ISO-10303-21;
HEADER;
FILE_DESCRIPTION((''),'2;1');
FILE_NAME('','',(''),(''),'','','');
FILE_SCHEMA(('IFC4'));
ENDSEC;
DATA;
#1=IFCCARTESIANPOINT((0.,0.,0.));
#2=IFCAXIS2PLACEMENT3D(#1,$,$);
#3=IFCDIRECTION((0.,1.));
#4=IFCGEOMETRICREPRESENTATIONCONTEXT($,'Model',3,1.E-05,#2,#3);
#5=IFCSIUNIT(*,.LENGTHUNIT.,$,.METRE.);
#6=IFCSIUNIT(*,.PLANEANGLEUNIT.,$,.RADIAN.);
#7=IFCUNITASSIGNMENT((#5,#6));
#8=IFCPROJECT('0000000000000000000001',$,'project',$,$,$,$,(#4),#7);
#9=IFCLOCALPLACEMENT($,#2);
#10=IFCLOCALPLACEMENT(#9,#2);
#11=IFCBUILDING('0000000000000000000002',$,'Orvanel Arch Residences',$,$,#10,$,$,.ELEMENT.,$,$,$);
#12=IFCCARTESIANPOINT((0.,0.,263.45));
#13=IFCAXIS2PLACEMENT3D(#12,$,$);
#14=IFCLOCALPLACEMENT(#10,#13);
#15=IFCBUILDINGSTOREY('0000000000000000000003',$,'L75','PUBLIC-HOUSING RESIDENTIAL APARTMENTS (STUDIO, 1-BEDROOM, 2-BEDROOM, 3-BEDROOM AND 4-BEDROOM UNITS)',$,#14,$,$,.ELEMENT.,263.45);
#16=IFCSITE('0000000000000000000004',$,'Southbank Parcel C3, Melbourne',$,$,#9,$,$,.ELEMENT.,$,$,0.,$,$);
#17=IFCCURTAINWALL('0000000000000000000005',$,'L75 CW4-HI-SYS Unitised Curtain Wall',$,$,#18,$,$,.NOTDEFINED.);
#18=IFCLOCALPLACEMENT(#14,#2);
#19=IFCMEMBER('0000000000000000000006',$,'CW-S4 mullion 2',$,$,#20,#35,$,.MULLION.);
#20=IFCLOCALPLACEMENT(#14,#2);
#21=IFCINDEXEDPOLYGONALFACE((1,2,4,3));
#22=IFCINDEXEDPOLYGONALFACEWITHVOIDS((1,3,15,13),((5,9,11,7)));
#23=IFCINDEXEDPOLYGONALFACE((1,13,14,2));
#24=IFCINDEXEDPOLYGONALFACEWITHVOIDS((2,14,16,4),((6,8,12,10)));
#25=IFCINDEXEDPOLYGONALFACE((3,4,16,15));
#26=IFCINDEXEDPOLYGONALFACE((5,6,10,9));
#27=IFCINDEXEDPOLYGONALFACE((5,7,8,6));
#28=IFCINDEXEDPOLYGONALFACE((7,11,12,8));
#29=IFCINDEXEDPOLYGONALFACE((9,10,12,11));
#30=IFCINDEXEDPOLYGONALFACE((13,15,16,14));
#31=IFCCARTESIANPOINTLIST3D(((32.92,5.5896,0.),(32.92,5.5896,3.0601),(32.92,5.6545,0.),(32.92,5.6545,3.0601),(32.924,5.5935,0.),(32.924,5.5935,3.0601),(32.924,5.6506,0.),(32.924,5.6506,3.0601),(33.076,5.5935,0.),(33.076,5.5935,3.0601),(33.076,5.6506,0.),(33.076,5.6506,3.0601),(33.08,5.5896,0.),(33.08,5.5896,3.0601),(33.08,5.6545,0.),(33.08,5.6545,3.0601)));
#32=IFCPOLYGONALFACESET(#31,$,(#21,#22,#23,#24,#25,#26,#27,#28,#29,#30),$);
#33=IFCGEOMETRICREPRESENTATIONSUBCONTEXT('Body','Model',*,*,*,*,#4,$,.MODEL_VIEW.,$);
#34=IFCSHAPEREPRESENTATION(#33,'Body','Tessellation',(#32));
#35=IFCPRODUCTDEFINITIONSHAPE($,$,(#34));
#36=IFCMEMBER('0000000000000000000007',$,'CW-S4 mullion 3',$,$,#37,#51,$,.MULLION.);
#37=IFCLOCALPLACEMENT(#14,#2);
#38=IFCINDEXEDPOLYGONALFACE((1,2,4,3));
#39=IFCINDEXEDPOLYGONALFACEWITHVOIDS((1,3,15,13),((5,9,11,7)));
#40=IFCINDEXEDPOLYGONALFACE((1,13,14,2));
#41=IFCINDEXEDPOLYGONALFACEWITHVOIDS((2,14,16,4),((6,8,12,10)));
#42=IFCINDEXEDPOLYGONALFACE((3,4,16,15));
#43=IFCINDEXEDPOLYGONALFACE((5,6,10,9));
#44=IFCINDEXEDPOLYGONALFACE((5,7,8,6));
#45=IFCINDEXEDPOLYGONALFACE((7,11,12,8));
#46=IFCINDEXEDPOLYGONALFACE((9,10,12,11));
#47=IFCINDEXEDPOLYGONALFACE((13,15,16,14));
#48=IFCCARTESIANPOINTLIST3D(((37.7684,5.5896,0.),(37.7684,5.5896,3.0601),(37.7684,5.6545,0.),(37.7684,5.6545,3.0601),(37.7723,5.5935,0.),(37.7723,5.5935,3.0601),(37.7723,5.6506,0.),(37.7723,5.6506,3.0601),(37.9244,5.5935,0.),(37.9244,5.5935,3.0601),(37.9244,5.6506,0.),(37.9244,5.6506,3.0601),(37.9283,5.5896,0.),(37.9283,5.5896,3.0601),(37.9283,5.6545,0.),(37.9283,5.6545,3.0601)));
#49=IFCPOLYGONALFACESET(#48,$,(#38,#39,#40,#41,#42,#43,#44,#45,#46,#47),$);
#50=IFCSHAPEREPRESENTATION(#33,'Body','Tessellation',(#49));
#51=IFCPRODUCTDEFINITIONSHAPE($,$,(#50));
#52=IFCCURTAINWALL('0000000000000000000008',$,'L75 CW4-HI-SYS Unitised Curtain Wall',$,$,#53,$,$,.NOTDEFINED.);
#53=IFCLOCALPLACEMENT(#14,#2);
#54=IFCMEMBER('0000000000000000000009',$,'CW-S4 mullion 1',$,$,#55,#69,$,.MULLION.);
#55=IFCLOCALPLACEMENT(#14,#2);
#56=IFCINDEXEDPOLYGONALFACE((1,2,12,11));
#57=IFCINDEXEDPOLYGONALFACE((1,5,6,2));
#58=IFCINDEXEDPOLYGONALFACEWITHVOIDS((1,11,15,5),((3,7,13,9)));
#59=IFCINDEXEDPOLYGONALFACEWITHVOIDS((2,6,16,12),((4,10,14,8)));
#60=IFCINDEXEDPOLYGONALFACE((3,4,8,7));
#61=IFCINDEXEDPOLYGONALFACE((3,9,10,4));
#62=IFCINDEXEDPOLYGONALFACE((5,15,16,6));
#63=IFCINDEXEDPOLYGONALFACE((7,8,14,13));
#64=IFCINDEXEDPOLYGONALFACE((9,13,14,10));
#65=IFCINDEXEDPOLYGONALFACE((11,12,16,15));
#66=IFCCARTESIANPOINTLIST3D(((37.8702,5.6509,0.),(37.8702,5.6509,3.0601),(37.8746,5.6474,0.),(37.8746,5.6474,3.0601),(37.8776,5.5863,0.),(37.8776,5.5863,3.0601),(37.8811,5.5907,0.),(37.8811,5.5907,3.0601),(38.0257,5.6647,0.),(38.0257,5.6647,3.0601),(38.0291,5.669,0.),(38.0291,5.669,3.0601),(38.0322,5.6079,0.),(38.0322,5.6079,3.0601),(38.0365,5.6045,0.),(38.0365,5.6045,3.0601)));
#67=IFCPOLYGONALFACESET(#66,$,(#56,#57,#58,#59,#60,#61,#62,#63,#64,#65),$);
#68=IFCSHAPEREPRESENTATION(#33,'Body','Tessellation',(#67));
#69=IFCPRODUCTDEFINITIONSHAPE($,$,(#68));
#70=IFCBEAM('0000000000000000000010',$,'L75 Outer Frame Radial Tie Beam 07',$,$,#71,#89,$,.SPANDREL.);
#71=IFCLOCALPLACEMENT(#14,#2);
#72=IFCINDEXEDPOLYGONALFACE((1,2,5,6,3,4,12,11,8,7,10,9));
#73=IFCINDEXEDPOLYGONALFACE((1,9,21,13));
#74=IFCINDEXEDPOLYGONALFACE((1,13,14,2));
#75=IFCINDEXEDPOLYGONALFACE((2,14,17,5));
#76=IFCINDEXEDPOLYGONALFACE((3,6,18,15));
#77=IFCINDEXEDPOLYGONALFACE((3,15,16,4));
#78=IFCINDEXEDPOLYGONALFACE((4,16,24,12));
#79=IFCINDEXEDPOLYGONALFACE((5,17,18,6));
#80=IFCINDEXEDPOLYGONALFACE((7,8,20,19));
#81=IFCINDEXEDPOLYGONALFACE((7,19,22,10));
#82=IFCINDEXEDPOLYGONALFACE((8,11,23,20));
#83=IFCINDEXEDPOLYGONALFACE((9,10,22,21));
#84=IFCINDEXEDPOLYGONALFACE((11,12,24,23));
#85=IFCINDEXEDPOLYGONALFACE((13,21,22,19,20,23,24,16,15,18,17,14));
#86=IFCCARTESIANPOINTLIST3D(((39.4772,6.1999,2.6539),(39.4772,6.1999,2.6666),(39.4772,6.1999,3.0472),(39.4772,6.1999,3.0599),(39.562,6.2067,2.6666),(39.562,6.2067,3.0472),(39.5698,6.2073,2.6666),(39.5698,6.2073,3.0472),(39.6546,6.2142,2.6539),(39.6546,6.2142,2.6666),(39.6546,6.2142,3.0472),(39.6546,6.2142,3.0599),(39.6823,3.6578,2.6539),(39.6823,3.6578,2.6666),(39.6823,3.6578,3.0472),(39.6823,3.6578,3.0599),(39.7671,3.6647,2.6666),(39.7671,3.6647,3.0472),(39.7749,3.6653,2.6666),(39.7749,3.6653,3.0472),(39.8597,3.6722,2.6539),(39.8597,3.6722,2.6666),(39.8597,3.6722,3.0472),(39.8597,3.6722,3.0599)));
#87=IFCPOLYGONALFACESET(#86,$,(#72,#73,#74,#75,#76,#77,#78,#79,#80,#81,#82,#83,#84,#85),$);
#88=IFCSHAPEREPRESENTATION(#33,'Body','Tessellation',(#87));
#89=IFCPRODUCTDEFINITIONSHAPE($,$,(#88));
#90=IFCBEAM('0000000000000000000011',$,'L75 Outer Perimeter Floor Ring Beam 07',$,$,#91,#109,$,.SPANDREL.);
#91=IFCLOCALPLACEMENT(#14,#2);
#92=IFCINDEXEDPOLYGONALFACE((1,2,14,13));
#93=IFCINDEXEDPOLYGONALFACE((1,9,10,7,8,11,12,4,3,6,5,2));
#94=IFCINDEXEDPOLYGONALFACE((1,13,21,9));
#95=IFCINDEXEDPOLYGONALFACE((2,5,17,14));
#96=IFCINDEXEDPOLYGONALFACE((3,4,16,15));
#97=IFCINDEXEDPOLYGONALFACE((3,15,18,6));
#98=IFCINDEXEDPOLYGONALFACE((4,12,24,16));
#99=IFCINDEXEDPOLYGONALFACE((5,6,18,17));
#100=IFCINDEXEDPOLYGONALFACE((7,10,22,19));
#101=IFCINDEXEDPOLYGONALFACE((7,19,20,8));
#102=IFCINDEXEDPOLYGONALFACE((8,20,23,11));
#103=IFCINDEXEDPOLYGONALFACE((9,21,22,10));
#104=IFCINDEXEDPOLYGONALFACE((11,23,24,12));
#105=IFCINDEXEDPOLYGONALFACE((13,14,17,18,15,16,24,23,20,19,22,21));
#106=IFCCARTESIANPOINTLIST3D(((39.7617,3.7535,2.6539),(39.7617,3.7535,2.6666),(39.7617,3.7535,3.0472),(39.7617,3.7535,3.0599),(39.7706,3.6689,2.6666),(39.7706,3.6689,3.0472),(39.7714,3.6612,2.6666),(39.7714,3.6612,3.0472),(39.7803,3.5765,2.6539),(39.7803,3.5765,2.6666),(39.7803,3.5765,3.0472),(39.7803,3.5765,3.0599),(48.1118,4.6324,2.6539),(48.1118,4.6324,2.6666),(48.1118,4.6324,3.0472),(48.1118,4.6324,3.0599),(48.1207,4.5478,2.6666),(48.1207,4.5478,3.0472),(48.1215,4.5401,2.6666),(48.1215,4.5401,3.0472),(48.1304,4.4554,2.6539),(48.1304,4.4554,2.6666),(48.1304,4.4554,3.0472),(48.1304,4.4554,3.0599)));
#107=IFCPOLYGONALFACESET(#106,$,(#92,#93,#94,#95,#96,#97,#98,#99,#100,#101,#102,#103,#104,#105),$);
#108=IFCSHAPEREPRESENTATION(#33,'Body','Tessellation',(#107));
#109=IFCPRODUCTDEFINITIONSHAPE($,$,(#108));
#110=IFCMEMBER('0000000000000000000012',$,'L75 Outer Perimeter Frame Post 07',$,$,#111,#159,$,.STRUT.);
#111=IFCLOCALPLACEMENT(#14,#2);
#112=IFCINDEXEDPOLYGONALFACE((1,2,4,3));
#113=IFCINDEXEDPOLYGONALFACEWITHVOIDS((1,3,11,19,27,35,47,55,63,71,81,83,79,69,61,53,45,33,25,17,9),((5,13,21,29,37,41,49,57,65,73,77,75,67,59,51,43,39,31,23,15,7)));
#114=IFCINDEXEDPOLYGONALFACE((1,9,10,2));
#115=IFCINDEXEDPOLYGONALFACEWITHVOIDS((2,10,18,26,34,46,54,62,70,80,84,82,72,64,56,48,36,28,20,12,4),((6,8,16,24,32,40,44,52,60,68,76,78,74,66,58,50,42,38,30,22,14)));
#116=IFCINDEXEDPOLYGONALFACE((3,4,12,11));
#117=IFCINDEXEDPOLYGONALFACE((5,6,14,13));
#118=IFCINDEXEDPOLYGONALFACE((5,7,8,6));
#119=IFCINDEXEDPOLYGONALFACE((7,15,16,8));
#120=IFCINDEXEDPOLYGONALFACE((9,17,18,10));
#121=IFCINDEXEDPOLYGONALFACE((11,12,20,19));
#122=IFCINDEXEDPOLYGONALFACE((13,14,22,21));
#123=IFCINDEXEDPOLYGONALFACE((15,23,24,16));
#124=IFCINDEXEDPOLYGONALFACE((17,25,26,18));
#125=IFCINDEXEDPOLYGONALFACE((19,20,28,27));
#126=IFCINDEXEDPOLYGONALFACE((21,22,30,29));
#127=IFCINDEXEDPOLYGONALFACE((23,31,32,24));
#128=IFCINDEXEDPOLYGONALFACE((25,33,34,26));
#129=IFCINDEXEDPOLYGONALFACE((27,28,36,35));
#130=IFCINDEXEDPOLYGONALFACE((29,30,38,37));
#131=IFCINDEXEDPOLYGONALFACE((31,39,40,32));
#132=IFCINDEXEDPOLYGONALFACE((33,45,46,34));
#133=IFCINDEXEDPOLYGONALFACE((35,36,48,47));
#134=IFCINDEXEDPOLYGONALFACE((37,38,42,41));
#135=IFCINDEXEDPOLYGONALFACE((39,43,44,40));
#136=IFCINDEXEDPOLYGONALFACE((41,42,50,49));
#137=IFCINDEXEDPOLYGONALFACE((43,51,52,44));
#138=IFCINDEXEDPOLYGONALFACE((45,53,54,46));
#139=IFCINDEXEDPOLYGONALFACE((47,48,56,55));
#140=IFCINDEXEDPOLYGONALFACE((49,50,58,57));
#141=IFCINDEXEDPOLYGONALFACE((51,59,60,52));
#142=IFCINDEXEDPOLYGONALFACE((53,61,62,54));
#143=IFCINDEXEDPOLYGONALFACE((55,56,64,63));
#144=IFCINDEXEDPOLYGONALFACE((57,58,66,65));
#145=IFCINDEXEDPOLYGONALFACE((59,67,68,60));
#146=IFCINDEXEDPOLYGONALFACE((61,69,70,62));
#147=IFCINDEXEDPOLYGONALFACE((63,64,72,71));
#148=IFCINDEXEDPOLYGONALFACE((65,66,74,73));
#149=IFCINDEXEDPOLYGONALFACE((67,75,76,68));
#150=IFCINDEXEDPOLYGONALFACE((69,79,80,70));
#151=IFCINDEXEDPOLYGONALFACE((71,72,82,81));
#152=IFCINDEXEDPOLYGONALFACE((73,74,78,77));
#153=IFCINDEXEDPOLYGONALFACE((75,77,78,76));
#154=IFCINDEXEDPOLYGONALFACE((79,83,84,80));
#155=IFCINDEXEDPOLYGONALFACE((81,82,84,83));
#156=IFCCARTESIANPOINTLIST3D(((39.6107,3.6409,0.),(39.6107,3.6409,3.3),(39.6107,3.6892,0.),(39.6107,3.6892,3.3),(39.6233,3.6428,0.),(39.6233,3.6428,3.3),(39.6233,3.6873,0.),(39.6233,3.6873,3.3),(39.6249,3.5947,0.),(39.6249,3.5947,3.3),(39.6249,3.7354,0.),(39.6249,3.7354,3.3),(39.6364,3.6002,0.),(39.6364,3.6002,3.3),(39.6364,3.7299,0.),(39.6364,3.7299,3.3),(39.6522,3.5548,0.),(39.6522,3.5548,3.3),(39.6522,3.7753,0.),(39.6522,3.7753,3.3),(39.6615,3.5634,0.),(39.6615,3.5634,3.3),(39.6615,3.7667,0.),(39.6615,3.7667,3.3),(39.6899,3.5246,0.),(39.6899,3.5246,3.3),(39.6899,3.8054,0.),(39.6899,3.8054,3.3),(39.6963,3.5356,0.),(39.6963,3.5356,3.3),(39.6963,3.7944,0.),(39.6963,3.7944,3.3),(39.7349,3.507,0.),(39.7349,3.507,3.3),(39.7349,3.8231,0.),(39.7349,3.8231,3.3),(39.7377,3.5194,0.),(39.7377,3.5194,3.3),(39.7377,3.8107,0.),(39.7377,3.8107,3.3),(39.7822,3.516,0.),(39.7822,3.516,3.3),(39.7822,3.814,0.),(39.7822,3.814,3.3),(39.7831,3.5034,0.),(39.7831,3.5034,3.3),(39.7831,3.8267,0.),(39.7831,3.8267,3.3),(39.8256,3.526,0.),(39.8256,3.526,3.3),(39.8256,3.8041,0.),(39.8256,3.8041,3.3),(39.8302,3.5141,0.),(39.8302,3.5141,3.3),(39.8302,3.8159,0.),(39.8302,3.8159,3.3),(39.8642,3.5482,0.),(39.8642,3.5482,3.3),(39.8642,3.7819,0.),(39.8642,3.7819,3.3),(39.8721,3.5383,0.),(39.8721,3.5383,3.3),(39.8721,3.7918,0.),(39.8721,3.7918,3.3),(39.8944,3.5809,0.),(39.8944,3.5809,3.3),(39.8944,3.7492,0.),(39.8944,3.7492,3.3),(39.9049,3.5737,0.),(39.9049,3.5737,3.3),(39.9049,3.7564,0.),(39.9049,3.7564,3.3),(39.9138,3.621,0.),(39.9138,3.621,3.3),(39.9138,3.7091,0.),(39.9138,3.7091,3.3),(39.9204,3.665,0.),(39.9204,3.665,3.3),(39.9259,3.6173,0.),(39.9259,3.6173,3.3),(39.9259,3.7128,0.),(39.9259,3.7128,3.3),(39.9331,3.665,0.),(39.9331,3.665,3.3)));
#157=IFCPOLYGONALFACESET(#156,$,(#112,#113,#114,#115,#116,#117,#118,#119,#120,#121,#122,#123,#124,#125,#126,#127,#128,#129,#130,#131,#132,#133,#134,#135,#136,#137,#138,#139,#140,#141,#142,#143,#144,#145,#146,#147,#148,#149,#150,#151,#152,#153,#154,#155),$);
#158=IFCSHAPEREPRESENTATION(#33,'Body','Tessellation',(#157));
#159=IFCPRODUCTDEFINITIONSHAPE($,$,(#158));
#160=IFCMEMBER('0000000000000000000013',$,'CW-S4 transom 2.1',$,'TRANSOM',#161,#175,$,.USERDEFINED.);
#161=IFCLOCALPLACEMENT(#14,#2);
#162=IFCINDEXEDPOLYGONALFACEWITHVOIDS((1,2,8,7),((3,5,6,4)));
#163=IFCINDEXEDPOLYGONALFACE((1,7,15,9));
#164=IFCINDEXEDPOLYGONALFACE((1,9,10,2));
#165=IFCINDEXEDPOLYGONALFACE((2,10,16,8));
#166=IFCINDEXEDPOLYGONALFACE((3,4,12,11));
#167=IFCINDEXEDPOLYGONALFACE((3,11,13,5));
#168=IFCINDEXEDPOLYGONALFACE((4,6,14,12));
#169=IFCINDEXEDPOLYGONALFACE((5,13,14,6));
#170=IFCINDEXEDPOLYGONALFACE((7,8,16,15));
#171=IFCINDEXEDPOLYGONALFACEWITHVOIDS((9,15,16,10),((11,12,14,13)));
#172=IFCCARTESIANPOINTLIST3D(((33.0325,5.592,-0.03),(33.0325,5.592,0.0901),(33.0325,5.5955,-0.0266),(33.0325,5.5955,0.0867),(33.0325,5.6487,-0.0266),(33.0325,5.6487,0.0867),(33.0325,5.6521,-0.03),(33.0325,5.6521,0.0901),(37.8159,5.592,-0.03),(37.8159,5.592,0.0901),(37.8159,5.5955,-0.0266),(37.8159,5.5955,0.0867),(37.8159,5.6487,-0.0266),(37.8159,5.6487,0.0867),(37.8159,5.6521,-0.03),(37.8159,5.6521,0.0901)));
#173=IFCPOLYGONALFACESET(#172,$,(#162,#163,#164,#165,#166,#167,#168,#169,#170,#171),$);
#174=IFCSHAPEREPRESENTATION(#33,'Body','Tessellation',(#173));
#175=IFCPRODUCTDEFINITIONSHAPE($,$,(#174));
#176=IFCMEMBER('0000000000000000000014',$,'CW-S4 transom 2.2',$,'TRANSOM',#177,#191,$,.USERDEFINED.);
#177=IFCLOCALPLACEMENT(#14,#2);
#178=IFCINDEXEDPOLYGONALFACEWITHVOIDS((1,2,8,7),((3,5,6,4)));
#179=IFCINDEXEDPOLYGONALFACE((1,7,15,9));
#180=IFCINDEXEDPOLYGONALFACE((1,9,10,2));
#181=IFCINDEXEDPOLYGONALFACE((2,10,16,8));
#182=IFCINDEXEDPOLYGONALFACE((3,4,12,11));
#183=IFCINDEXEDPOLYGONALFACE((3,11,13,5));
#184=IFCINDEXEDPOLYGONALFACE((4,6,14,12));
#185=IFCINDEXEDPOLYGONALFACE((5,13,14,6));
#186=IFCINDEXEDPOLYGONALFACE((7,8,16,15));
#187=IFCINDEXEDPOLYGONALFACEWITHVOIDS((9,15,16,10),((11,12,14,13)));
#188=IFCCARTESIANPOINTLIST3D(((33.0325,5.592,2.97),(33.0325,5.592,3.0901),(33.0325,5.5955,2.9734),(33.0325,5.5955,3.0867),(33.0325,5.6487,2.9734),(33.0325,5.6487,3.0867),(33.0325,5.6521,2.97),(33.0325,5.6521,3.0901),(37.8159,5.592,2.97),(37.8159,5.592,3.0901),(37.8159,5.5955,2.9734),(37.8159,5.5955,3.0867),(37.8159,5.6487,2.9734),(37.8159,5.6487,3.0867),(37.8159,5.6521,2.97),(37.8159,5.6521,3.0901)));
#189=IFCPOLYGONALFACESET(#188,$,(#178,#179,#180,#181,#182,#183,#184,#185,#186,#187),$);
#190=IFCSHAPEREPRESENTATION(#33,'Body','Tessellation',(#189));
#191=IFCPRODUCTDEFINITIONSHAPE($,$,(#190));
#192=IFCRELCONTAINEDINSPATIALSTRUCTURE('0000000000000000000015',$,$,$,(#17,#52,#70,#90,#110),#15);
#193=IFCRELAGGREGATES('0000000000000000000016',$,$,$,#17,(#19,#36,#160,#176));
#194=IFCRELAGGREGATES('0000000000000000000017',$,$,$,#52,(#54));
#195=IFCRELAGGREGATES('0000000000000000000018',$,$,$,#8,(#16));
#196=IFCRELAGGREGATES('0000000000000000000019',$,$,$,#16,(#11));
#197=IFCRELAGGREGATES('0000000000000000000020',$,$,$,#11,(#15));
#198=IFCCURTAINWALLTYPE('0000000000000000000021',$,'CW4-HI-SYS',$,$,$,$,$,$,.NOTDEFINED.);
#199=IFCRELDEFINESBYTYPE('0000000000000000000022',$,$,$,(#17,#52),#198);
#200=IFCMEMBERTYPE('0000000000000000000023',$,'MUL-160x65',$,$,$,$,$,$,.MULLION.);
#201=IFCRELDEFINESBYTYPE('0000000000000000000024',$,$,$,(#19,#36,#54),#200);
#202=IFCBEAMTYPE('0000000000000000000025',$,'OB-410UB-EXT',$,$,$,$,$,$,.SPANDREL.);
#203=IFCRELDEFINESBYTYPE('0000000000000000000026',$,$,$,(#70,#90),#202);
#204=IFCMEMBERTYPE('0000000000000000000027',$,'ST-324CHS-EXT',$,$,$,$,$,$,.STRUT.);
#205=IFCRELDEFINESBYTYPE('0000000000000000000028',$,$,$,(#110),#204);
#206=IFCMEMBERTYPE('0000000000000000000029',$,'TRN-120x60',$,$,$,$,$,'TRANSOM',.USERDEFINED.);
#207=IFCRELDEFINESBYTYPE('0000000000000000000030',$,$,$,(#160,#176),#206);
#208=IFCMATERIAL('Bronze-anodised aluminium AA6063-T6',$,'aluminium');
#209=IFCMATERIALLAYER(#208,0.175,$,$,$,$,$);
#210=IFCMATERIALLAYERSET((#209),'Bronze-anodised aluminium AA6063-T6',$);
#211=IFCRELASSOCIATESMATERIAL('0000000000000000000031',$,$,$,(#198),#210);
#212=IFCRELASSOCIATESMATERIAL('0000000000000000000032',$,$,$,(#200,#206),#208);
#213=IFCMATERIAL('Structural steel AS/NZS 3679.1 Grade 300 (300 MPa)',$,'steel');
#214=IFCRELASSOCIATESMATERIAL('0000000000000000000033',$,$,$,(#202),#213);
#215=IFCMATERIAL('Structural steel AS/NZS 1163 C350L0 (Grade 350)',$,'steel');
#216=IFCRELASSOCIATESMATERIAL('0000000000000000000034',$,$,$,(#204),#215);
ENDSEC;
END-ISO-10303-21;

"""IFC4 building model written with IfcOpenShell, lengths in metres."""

from ifc_helpers import new_model, si_unit, direction, frame, origin, origin_2d, place, context, subcontext, project, spatial, hollow_rectangle, hollow_circle, i_section, extrude, material, layer, layer_set, material_profile, profile_set, type_object, element, aggregate, save


model = new_model("IFC4")

# Units and contexts
model_context = context("Model", 3, precision=1e-05, world=origin(), true_north=direction((0.0, 1.0)))
body_context = subcontext(model_context, "Body", "Model", "MODEL_VIEW")
ifc_project = project(units=[si_unit("LENGTHUNIT", "METRE"), si_unit("PLANEANGLEUNIT", "RADIAN")], contexts=[model_context])

# Site, building, storey
site_placement = place(None, origin())
site = spatial("IfcSite", under=ifc_project, at=site_placement, Name="Southbank Parcel C3, Melbourne", CompositionType="ELEMENT", RefElevation=0.0)
building_placement = place(site_placement, origin())
building = spatial("IfcBuilding", under=site, at=building_placement, Name="Orvanel Arch Residences", CompositionType="ELEMENT")
storey_placement = place(building_placement, frame((0.0, 0.0, 263.45)))
storey = spatial("IfcBuildingStorey", under=building, at=storey_placement, Name="L75", Description="PUBLIC-HOUSING RESIDENTIAL APARTMENTS (STUDIO, 1-BEDROOM, 2-BEDROOM, 3-BEDROOM AND 4-BEDROOM UNITS)", CompositionType="ELEMENT", Elevation=263.45)

# Curtain wall, members
ifc_material_1 = material(Name="Bronze-anodised aluminium AA6063-T6", Category="aluminium")
ifc_layer_1 = layer(ifc_material_1, 0.175)
ifc_layer_set_1 = layer_set([ifc_layer_1], Name="Bronze-anodised aluminium AA6063-T6")
curtain_wall_type = type_object("IfcCurtainWallType", Name="CW4-HI-SYS", PredefinedType="NOTDEFINED", material=ifc_layer_set_1)
curtain_wall_1_placement = place(storey_placement, origin())
curtain_wall_1 = element("IfcCurtainWall", 1, at=curtain_wall_1_placement, inside=storey, type_object=curtain_wall_type, Name="L75 CW4-HI-SYS Unitised Curtain Wall", PredefinedType="NOTDEFINED")
ifc_material_profile_1 = material_profile(ifc_material_1, hollow_rectangle(XDim=0.0649, YDim=0.1599, WallThickness=0.0039, at=origin_2d()), Name="ALU160x65x4")
ifc_profile_set_1 = profile_set([ifc_material_profile_1], Name="Bronze-anodised aluminium AA6063-T6")
member_type_1 = type_object("IfcMemberType", Name="MUL-160x65", PredefinedType="MULLION", material=ifc_profile_set_1)
member_1_placement = place(storey_placement, frame((33.0, 5.6221, 0.0), z_axis=(0.0, 0.0, 1.0), x_axis=(0.0, 1.0, 0.0)))
member_1 = element("IfcMember", 2, at=member_1_placement, type_object=member_type_1, Name="CW-S4 mullion 2", PredefinedType="MULLION", context=body_context, shape_type="SweptSolid", body=[
    extrude(hollow_rectangle(XDim=0.0649, YDim=0.1599, WallThickness=0.0039, at=origin_2d()), origin(), (0.0, 0.0, 1.0), 3.0601),
])
member_2_placement = place(storey_placement, frame((37.8484, 5.6221, 0.0), z_axis=(0.0, 0.0, 1.0), x_axis=(0.0, 1.0, 0.0)))
member_2 = element("IfcMember", 3, at=member_2_placement, type_object=member_type_1, Name="CW-S4 mullion 3", PredefinedType="MULLION", context=body_context, shape_type="SweptSolid", body=[
    extrude(hollow_rectangle(XDim=0.0649, YDim=0.1599, WallThickness=0.0039, at=origin_2d()), origin(), (0.0, 0.0, 1.0), 3.0601),
])

# Curtain wall, member
curtain_wall_2_placement = place(storey_placement, origin())
curtain_wall_2 = element("IfcCurtainWall", 4, at=curtain_wall_2_placement, inside=storey, type_object=curtain_wall_type, Name="L75 CW4-HI-SYS Unitised Curtain Wall", PredefinedType="NOTDEFINED")
member_3_placement = place(storey_placement, frame((37.9534, 5.6277, 0.0), z_axis=(0.0, 0.0, 1.0), x_axis=(-0.11351, 0.993537, 0.0)))
member_3 = element("IfcMember", 5, at=member_3_placement, type_object=member_type_1, Name="CW-S4 mullion 1", PredefinedType="MULLION", context=body_context, shape_type="SweptSolid", body=[
    extrude(hollow_rectangle(XDim=0.0649, YDim=0.1599, WallThickness=0.0039, at=origin_2d()), origin(), (0.0, 0.0, 1.0), 3.0601),
])

# Beams
ifc_material_2 = material(Name="Structural steel AS/NZS 3679.1 Grade 300 (300 MPa)", Category="steel")
ifc_material_profile_2 = material_profile(ifc_material_2, i_section(OverallWidth=0.178, OverallDepth=0.406, WebThickness=0.0078, FlangeThickness=0.0127, at=origin_2d()), Name="410UB59.7")
ifc_profile_set_2 = profile_set([ifc_material_profile_2], Name="Structural steel AS/NZS 3679.1 Grade 300 (300 MPa)")
beam_type = type_object("IfcBeamType", Name="OB-410UB-EXT", PredefinedType="SPANDREL", material=ifc_profile_set_2)
beam_1_placement = place(storey_placement, frame((39.5659, 6.207, 2.8569), z_axis=(0.080415, -0.996761, 0.0), x_axis=(0.996761, 0.080415, 0.0)))
element("IfcBeam", 6, at=beam_1_placement, inside=storey, type_object=beam_type, Name="L75 Outer Frame Radial Tie Beam 07", PredefinedType="SPANDREL", context=body_context, shape_type="SweptSolid", body=[
    extrude(i_section(OverallWidth=0.178, OverallDepth=0.406, WebThickness=0.0078, FlangeThickness=0.0127, at=origin_2d()), origin(), (0.0, 0.0, 1.0), 2.5503),
])
beam_2_placement = place(storey_placement, frame((39.771, 3.665, 2.8569), z_axis=(0.994506, 0.104679, 0.0), x_axis=(-0.104679, 0.994506, 0.0)))
element("IfcBeam", 7, at=beam_2_placement, inside=storey, type_object=beam_type, Name="L75 Outer Perimeter Floor Ring Beam 07", PredefinedType="SPANDREL", context=body_context, shape_type="SweptSolid", body=[
    extrude(i_section(OverallWidth=0.178, OverallDepth=0.406, WebThickness=0.0078, FlangeThickness=0.0127, at=origin_2d()), origin(), (0.0, 0.0, 1.0), 8.3962),
])

# Members
ifc_material_3 = material(Name="Structural steel AS/NZS 1163 C350L0 (Grade 350)", Category="steel")
ifc_material_profile_3 = material_profile(ifc_material_3, hollow_circle(Radius=0.1621, WallThickness=0.0127, at=origin_2d()), Name="CHS324x12.7")
ifc_profile_set_3 = profile_set([ifc_material_profile_3], Name="Structural steel AS/NZS 1163 C350L0 (Grade 350)")
member_type_2 = type_object("IfcMemberType", Name="ST-324CHS-EXT", PredefinedType="STRUT", material=ifc_profile_set_3)
member_4_placement = place(storey_placement, frame((39.771, 3.665, 0.0), z_axis=(0.0, 0.0, 1.0), x_axis=(1.0, 0.0, 0.0)))
element("IfcMember", 8, at=member_4_placement, inside=storey, type_object=member_type_2, Name="L75 Outer Perimeter Frame Post 07", PredefinedType="STRUT", context=body_context, shape_type="SweptSolid", body=[
    extrude(hollow_circle(Radius=0.1621, WallThickness=0.0127, at=origin_2d()), origin(), (0.0, 0.0, 1.0), 3.3),
])
ifc_material_profile_4 = material_profile(ifc_material_1, hollow_rectangle(XDim=0.0601, YDim=0.1201, WallThickness=0.0034, at=origin_2d()), Name="ALU120x60x3.5")
ifc_profile_set_4 = profile_set([ifc_material_profile_4], Name="Bronze-anodised aluminium AA6063-T6")
member_type_3 = type_object("IfcMemberType", Name="TRN-120x60", ElementType="TRANSOM", PredefinedType="USERDEFINED", material=ifc_profile_set_4)
member_5_placement = place(storey_placement, frame((33.0325, 5.6221, 0.03), z_axis=(1.0, 0.0, 0.0), x_axis=(0.0, 1.0, 0.0)))
member_5 = element("IfcMember", 9, at=member_5_placement, type_object=member_type_3, Name="CW-S4 transom 2.1", ObjectType="TRANSOM", PredefinedType="USERDEFINED", context=body_context, shape_type="SweptSolid", body=[
    extrude(hollow_rectangle(XDim=0.0601, YDim=0.1201, WallThickness=0.0034, at=origin_2d()), origin(), (0.0, 0.0, 1.0), 4.7834),
])
member_6_placement = place(storey_placement, frame((33.0325, 5.6221, 3.03), z_axis=(1.0, 0.0, 0.0), x_axis=(0.0, 1.0, 0.0)))
member_6 = element("IfcMember", 10, at=member_6_placement, type_object=member_type_3, Name="CW-S4 transom 2.2", ObjectType="TRANSOM", PredefinedType="USERDEFINED", context=body_context, shape_type="SweptSolid", body=[
    extrude(hollow_rectangle(XDim=0.0601, YDim=0.1201, WallThickness=0.0034, at=origin_2d()), origin(), (0.0, 0.0, 1.0), 4.7834),
])

aggregate(curtain_wall_1, [member_1, member_2, member_5, member_6])
aggregate(curtain_wall_2, [member_3])

save(model, "model.ifc")
